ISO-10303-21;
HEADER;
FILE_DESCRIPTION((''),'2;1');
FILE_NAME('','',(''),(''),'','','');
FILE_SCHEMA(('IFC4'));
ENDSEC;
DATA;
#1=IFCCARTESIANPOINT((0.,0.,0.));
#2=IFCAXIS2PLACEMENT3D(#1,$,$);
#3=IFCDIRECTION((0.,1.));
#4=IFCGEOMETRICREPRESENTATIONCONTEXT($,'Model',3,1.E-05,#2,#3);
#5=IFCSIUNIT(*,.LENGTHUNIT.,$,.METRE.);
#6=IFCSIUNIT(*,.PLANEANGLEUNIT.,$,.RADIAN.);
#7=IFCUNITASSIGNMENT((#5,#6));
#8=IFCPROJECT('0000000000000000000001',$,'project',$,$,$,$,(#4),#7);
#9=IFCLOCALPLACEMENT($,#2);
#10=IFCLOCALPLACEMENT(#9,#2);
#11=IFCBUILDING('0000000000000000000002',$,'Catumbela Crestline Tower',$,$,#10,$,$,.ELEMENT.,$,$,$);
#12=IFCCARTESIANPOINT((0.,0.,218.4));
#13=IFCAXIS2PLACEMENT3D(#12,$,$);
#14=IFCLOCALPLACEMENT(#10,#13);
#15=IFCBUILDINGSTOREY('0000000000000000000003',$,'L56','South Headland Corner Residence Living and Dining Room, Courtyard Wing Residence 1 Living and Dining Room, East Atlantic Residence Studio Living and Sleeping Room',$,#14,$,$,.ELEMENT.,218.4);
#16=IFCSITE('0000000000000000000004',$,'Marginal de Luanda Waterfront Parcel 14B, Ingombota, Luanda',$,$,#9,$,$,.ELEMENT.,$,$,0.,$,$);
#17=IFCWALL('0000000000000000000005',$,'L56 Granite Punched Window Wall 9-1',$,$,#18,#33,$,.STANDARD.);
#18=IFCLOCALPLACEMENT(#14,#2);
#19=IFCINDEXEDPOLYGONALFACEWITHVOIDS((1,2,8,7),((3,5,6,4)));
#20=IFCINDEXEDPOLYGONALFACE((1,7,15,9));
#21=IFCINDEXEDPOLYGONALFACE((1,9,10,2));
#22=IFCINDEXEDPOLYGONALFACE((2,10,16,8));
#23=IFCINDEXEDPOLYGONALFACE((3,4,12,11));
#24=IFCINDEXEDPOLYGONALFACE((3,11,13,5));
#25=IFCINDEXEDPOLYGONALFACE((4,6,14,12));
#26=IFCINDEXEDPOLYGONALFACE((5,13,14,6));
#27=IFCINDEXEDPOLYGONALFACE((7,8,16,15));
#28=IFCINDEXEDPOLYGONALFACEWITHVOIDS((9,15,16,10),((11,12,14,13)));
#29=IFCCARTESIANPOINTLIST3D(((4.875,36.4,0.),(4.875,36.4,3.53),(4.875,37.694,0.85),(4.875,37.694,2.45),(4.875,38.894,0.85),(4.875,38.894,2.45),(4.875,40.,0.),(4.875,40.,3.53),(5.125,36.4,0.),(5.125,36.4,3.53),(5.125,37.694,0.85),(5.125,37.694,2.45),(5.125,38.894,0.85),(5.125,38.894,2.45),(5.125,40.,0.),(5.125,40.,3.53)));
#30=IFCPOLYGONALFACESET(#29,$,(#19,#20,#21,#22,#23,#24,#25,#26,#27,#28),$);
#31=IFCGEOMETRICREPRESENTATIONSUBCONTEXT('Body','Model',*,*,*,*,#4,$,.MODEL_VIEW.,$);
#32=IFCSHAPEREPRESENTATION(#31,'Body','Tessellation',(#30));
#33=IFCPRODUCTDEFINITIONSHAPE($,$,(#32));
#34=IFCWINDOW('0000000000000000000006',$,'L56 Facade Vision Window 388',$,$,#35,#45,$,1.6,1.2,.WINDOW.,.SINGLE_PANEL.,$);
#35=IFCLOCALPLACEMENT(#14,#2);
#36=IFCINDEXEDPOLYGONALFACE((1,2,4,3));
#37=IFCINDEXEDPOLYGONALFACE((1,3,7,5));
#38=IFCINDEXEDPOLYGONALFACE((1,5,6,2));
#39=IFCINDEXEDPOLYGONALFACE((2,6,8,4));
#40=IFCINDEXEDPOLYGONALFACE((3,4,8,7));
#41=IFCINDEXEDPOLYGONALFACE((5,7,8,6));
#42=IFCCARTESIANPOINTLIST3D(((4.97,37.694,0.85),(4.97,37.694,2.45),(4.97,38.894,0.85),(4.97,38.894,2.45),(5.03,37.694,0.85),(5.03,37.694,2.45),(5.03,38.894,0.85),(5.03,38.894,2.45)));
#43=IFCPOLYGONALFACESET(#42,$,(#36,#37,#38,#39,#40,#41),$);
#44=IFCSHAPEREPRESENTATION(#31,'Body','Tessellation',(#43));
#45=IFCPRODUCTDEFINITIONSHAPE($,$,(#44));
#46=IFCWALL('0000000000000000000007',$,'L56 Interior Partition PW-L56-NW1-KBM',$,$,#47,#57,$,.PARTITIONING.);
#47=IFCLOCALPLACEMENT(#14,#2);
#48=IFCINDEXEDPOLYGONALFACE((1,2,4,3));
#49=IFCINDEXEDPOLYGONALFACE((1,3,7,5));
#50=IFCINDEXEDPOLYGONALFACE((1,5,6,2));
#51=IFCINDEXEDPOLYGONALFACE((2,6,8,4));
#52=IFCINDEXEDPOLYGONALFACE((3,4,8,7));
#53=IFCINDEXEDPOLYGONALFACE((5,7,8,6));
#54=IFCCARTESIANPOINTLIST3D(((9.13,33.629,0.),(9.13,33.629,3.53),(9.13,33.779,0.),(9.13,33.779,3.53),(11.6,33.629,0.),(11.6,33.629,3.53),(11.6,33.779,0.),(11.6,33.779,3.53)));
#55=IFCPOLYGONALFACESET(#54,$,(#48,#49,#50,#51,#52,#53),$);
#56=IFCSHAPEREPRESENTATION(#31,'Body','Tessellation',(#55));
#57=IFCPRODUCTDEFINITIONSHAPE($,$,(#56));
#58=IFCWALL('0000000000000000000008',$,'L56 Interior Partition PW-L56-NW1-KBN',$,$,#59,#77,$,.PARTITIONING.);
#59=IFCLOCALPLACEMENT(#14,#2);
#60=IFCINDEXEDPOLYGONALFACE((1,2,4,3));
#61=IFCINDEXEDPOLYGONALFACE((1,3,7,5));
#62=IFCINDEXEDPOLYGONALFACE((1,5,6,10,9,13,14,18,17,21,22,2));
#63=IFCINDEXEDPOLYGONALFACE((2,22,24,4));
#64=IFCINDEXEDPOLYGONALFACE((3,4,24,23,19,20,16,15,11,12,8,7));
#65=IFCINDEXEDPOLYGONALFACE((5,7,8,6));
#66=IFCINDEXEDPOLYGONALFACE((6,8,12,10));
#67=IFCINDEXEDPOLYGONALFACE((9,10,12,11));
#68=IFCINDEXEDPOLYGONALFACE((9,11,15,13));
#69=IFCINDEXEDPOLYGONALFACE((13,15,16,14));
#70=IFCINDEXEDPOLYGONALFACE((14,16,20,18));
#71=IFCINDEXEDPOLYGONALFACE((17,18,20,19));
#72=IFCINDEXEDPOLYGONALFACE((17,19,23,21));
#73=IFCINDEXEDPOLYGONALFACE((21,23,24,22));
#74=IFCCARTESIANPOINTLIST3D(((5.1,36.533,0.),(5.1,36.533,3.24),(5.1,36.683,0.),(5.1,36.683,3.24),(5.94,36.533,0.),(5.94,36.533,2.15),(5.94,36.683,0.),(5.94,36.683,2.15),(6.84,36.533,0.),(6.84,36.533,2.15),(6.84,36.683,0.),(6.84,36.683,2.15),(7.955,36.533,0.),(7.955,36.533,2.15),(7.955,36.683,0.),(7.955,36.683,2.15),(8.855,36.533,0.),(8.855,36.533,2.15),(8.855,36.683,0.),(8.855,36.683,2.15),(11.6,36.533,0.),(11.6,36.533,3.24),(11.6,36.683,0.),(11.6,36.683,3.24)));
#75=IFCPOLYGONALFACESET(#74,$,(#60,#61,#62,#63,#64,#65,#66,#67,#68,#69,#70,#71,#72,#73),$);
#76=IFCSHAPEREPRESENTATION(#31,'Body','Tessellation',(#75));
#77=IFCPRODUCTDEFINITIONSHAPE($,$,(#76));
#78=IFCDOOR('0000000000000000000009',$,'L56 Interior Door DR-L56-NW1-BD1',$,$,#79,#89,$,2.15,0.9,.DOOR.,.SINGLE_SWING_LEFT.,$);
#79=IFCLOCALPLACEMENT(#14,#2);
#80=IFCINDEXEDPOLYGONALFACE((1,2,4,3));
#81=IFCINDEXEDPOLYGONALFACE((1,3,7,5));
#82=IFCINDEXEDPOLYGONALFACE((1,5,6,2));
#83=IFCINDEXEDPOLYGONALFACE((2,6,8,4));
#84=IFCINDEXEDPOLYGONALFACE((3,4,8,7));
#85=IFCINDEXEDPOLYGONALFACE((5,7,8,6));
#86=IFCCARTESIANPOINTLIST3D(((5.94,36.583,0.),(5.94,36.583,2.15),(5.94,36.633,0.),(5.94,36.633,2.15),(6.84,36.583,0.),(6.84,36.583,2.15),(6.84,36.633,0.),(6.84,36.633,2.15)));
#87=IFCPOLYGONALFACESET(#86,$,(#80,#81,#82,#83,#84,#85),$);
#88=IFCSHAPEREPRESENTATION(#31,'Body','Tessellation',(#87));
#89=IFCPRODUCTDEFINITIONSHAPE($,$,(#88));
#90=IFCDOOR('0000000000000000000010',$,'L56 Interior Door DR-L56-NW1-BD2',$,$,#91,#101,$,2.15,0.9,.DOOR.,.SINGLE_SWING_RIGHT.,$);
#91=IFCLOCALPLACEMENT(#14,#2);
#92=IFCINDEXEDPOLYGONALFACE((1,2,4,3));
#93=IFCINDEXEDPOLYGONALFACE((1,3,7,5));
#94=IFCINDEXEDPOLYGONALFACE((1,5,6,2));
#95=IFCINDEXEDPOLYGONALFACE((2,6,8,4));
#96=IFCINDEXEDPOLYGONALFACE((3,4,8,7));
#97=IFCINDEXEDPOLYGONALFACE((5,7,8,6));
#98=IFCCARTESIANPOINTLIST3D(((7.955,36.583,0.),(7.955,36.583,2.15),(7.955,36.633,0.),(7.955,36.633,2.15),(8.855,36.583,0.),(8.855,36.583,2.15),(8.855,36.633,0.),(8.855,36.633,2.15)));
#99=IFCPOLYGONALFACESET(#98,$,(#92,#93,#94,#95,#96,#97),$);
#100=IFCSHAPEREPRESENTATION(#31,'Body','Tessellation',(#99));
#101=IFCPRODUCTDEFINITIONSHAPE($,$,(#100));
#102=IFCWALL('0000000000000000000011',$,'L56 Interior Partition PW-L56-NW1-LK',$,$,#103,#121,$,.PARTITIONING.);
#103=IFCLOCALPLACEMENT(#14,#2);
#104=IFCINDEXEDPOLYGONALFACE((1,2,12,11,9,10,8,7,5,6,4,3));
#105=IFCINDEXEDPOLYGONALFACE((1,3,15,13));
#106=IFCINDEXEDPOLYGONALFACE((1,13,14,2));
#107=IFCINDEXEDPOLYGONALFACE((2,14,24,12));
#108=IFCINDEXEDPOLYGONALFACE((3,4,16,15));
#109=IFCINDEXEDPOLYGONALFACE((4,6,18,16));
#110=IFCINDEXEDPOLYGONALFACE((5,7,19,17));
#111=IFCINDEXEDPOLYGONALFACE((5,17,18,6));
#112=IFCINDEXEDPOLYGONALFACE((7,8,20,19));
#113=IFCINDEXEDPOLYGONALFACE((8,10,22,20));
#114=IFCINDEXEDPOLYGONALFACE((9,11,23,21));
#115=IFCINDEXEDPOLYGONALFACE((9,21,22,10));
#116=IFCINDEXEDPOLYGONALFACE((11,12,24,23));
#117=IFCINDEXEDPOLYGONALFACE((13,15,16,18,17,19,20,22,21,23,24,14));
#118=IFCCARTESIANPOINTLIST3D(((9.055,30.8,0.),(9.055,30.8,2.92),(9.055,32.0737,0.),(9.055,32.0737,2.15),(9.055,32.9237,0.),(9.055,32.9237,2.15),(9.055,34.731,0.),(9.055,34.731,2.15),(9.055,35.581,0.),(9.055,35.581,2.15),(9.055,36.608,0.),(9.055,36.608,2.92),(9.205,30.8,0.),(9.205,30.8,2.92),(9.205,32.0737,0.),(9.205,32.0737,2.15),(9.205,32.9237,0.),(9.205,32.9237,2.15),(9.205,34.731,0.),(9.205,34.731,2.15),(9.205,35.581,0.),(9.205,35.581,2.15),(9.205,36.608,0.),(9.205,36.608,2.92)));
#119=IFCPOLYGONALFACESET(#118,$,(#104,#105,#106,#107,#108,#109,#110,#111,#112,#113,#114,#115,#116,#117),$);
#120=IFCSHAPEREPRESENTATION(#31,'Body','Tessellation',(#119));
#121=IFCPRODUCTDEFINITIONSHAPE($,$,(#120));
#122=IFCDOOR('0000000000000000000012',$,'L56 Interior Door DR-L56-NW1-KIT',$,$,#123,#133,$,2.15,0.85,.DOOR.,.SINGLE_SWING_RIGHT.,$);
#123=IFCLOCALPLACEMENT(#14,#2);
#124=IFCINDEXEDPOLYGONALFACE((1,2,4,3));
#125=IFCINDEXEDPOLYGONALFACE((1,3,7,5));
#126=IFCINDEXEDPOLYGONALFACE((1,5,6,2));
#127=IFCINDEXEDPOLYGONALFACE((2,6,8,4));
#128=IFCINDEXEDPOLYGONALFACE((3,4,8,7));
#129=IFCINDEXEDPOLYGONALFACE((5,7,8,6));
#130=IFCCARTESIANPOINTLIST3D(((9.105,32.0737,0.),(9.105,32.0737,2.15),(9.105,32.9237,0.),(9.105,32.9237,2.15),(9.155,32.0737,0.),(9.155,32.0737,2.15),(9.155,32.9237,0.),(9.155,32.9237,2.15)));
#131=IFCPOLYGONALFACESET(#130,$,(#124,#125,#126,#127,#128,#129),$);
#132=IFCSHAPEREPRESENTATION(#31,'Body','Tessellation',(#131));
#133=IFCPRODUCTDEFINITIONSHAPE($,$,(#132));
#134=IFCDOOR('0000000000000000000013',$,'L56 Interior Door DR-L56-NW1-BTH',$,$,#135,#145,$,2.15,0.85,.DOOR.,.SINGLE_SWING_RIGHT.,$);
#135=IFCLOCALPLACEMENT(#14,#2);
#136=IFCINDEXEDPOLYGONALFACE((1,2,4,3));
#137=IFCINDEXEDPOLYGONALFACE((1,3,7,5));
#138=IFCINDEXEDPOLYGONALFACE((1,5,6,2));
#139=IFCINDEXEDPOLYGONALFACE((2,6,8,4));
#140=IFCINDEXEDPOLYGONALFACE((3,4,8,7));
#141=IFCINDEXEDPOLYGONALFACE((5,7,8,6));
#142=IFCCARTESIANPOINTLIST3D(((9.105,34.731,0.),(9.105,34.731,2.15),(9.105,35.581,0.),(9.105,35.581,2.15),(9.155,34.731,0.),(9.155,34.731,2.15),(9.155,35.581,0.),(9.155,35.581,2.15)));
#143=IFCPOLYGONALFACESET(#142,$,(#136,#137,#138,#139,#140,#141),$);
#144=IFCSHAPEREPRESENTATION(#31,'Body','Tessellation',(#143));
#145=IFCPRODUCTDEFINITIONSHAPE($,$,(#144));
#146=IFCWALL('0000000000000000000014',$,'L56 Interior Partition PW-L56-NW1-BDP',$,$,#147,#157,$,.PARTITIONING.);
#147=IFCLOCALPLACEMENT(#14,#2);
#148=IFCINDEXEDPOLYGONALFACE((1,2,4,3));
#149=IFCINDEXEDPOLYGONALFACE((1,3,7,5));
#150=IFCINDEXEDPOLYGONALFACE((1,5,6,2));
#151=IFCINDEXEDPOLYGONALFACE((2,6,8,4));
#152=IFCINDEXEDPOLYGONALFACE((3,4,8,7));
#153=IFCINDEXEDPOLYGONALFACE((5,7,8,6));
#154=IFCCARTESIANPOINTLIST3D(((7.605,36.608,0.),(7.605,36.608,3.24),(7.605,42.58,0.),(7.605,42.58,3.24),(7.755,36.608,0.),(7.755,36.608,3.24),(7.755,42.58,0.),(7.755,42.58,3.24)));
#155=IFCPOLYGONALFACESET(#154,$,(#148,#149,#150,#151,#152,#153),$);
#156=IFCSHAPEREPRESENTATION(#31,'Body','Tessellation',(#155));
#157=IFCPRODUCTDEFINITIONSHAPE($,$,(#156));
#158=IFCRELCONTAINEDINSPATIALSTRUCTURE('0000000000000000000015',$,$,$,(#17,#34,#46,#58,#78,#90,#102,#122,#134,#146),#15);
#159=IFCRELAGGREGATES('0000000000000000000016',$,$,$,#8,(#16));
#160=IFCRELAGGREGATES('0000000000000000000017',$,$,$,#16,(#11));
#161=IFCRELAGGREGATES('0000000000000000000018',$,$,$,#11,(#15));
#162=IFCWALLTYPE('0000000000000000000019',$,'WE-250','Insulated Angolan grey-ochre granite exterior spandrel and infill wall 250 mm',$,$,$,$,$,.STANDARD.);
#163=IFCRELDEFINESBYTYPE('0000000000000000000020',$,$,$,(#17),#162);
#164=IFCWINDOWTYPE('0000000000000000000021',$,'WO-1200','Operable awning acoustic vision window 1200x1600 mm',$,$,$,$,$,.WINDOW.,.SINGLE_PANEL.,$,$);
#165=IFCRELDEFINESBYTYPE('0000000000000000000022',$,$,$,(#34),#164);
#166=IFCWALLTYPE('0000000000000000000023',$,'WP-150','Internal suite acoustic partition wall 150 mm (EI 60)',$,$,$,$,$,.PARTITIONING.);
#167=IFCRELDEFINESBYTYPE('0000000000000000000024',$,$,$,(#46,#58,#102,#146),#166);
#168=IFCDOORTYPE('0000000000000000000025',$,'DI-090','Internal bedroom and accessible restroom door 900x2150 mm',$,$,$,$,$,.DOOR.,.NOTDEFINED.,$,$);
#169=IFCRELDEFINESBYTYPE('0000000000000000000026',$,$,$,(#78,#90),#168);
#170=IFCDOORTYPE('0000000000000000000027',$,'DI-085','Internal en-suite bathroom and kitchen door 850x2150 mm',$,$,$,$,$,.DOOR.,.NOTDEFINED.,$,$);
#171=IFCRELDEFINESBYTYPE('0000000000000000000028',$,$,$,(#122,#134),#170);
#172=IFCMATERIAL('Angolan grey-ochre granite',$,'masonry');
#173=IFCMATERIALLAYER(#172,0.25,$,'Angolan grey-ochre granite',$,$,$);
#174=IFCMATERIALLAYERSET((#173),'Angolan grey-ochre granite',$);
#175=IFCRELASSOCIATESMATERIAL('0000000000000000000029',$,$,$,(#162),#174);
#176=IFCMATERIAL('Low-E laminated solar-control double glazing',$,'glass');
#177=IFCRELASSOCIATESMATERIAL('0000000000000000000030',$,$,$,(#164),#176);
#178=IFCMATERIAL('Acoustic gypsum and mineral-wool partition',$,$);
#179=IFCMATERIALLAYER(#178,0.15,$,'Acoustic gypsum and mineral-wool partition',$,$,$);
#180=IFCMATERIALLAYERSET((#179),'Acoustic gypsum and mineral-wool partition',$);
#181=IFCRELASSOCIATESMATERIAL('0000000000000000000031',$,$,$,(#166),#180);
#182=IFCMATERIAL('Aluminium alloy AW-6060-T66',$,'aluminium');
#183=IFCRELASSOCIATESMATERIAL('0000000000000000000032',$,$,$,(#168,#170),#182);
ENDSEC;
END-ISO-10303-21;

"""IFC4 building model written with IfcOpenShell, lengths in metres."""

from ifc_helpers import new_model, si_unit, direction, frame, frame_2d, origin, place, context, subcontext, project, spatial, rectangle, extrude, material, layer, layer_set, type_object, element, fill, save


model = new_model("IFC4")

# Units and contexts
model_context = context("Model", 3, precision=1e-05, world=origin(), true_north=direction((0.0, 1.0)))
body_context = subcontext(model_context, "Body", "Model", "MODEL_VIEW")
ifc_project = project(units=[si_unit("LENGTHUNIT", "METRE"), si_unit("PLANEANGLEUNIT", "RADIAN")], contexts=[model_context])

# Site, building, storey
site_placement = place(None, origin())
site = spatial("IfcSite", under=ifc_project, at=site_placement, Name="Marginal de Luanda Waterfront Parcel 14B, Ingombota, Luanda", CompositionType="ELEMENT", RefElevation=0.0)
building_placement = place(site_placement, origin())
building = spatial("IfcBuilding", under=site, at=building_placement, Name="Catumbela Crestline Tower", CompositionType="ELEMENT")
storey_placement = place(building_placement, frame((0.0, 0.0, 218.4)))
storey = spatial("IfcBuildingStorey", under=building, at=storey_placement, Name="L56", Description="South Headland Corner Residence Living and Dining Room, Courtyard Wing Residence 1 Living and Dining Room, East Atlantic Residence Studio Living and Sleeping Room", CompositionType="ELEMENT", Elevation=218.4)

# Shared definitions
ifc_material_1 = material(Name="Aluminium alloy AW-6060-T66", Category="aluminium")

# Shared definitions
ifc_material_2 = material(Name="Low-E laminated solar-control double glazing", Category="glass")

# Shared definitions
ifc_material_3 = material(Name="Angolan grey-ochre granite", Category="masonry")
ifc_layer_1 = layer(ifc_material_3, 0.25, Name="Angolan grey-ochre granite")
ifc_layer_set_1 = layer_set([ifc_layer_1], Name="Angolan grey-ochre granite")
wall_type_1 = type_object("IfcWallType", Name="WE-250", Description="Insulated Angolan grey-ochre granite exterior spandrel and infill wall 250 mm", PredefinedType="STANDARD", material=ifc_layer_set_1)

# Wall, opening, window
wall_1_placement = place(storey_placement, frame((5.0, 40.0, 0.0), z_axis=(0.0, 0.0, 1.0), x_axis=(0.0, -1.0, 0.0)))
wall_1 = element("IfcWall", 1, at=wall_1_placement, inside=storey, type_object=wall_type_1, Name="L56 Granite Punched Window Wall 9-1", PredefinedType="STANDARD", context=body_context, shape_type="SweptSolid", body=[
    extrude(rectangle(XDim=3.6, YDim=0.25, at=frame_2d((1.8, 0.0))), origin(), (0.0, 0.0, 1.0), 3.53),
])
opening_1_placement = place(wall_1_placement, frame((1.106, 0.0, 0.85)))
opening_1 = element("IfcOpeningElement", 2, at=opening_1_placement, cuts=wall_1, PredefinedType="OPENING", context=body_context, shape_type="SweptSolid", body=[
    extrude(rectangle(XDim=1.2, YDim=1.6, at=frame_2d((0.6, 0.8))), frame((0.0, 0.135, 0.0), z_axis=(0.0, -1.0, 0.0), x_axis=(1.0, 0.0, 0.0)), (0.0, 0.0, 1.0), 0.27),
])
window_type_1 = type_object("IfcWindowType", Name="WO-1200", Description="Operable awning acoustic vision window 1200x1600 mm", PartitioningType="SINGLE_PANEL", PredefinedType="WINDOW", material=ifc_material_2)
window_1_placement = place(opening_1_placement, origin())
window_1 = element("IfcWindow", 3, at=window_1_placement, inside=storey, type_object=window_type_1, Name="L56 Facade Vision Window 388", OverallHeight=1.6, OverallWidth=1.2, PartitioningType="SINGLE_PANEL", PredefinedType="WINDOW", context=body_context, shape_type="SweptSolid", body=[
    extrude(rectangle(XDim=1.2, YDim=1.6, at=frame_2d((0.6, 0.8))), frame((0.0, 0.03, 0.0), z_axis=(0.0, -1.0, 0.0), x_axis=(1.0, 0.0, 0.0)), (0.0, 0.0, 1.0), 0.06),
])
fill(opening_1, window_1)

# Wall
ifc_material_4 = material(Name="Acoustic gypsum and mineral-wool partition")
ifc_layer_2 = layer(ifc_material_4, 0.15, Name="Acoustic gypsum and mineral-wool partition")
ifc_layer_set_2 = layer_set([ifc_layer_2], Name="Acoustic gypsum and mineral-wool partition")
wall_type_2 = type_object("IfcWallType", Name="WP-150", Description="Internal suite acoustic partition wall 150 mm (EI 60)", PredefinedType="PARTITIONING", material=ifc_layer_set_2)
wall_2_placement = place(storey_placement, frame((9.13, 33.704, 0.0), z_axis=(0.0, 0.0, 1.0), x_axis=(1.0, 0.0, 0.0)))
element("IfcWall", 4, at=wall_2_placement, inside=storey, type_object=wall_type_2, Name="L56 Interior Partition PW-L56-NW1-KBM", PredefinedType="PARTITIONING", context=body_context, shape_type="SweptSolid", body=[
    extrude(rectangle(XDim=2.47, YDim=0.15, at=frame_2d((1.235, 0.0))), origin(), (0.0, 0.0, 1.0), 3.53),
])

# Walls, openings, doors
wall_3_placement = place(storey_placement, frame((5.1, 36.608, 0.0), z_axis=(0.0, 0.0, 1.0), x_axis=(1.0, 0.0, 0.0)))
wall_3 = element("IfcWall", 5, at=wall_3_placement, inside=storey, type_object=wall_type_2, Name="L56 Interior Partition PW-L56-NW1-KBN", PredefinedType="PARTITIONING", context=body_context, shape_type="SweptSolid", body=[
    extrude(rectangle(XDim=6.5, YDim=0.15, at=frame_2d((3.25, 0.0))), origin(), (0.0, 0.0, 1.0), 3.24),
])
opening_2_placement = place(wall_3_placement, frame((0.84, 0.0, 0.0)))
opening_2 = element("IfcOpeningElement", 6, at=opening_2_placement, cuts=wall_3, PredefinedType="OPENING", context=body_context, shape_type="SweptSolid", body=[
    extrude(rectangle(XDim=0.9, YDim=2.15, at=frame_2d((0.45, 1.075))), frame((0.0, 0.085, 0.0), z_axis=(0.0, -1.0, 0.0), x_axis=(1.0, 0.0, 0.0)), (0.0, 0.0, 1.0), 0.17),
])
opening_3_placement = place(wall_3_placement, frame((2.855, 0.0, 0.0)))
opening_3 = element("IfcOpeningElement", 7, at=opening_3_placement, cuts=wall_3, PredefinedType="OPENING", context=body_context, shape_type="SweptSolid", body=[
    extrude(rectangle(XDim=0.9, YDim=2.15, at=frame_2d((0.45, 1.075))), frame((0.0, 0.085, 0.0), z_axis=(0.0, -1.0, 0.0), x_axis=(1.0, 0.0, 0.0)), (0.0, 0.0, 1.0), 0.17),
])
door_type_1 = type_object("IfcDoorType", Name="DI-090", Description="Internal bedroom and accessible restroom door 900x2150 mm", OperationType="NOTDEFINED", PredefinedType="DOOR", material=ifc_material_1)
door_1_placement = place(opening_2_placement, origin())
door_1 = element("IfcDoor", 8, at=door_1_placement, inside=storey, type_object=door_type_1, Name="L56 Interior Door DR-L56-NW1-BD1", OperationType="SINGLE_SWING_LEFT", OverallHeight=2.15, OverallWidth=0.9, PredefinedType="DOOR", context=body_context, shape_type="SweptSolid", body=[
    extrude(rectangle(XDim=0.9, YDim=2.15, at=frame_2d((0.45, 1.075))), frame((0.0, 0.025, 0.0), z_axis=(0.0, -1.0, 0.0), x_axis=(1.0, 0.0, 0.0)), (0.0, 0.0, 1.0), 0.05),
])
fill(opening_2, door_1)
door_2_placement = place(opening_3_placement, origin())
door_2 = element("IfcDoor", 9, at=door_2_placement, inside=storey, type_object=door_type_1, Name="L56 Interior Door DR-L56-NW1-BD2", OperationType="SINGLE_SWING_RIGHT", OverallHeight=2.15, OverallWidth=0.9, PredefinedType="DOOR", context=body_context, shape_type="SweptSolid", body=[
    extrude(rectangle(XDim=0.9, YDim=2.15, at=frame_2d((0.45, 1.075))), frame((0.0, 0.025, 0.0), z_axis=(0.0, -1.0, 0.0), x_axis=(1.0, 0.0, 0.0)), (0.0, 0.0, 1.0), 0.05),
])
fill(opening_3, door_2)
wall_4_placement = place(storey_placement, frame((9.13, 30.8, 0.0), z_axis=(0.0, 0.0, 1.0), x_axis=(0.0, 1.0, 0.0)))
wall_4 = element("IfcWall", 10, at=wall_4_placement, inside=storey, type_object=wall_type_2, Name="L56 Interior Partition PW-L56-NW1-LK", PredefinedType="PARTITIONING", context=body_context, shape_type="SweptSolid", body=[
    extrude(rectangle(XDim=5.808, YDim=0.15, at=frame_2d((2.904, 0.0))), origin(), (0.0, 0.0, 1.0), 2.92),
])
opening_4_placement = place(wall_4_placement, frame((1.2737, 0.0, 0.0)))
opening_4 = element("IfcOpeningElement", 11, at=opening_4_placement, cuts=wall_4, PredefinedType="OPENING", context=body_context, shape_type="SweptSolid", body=[
    extrude(rectangle(XDim=0.85, YDim=2.15, at=frame_2d((0.425, 1.075))), frame((0.0, 0.085, 0.0), z_axis=(0.0, -1.0, 0.0), x_axis=(1.0, 0.0, 0.0)), (0.0, 0.0, 1.0), 0.17),
])
opening_5_placement = place(wall_4_placement, frame((3.931, 0.0, 0.0)))
opening_5 = element("IfcOpeningElement", 12, at=opening_5_placement, cuts=wall_4, PredefinedType="OPENING", context=body_context, shape_type="SweptSolid", body=[
    extrude(rectangle(XDim=0.85, YDim=2.15, at=frame_2d((0.425, 1.075))), frame((0.0, 0.085, 0.0), z_axis=(0.0, -1.0, 0.0), x_axis=(1.0, 0.0, 0.0)), (0.0, 0.0, 1.0), 0.17),
])
door_type_2 = type_object("IfcDoorType", Name="DI-085", Description="Internal en-suite bathroom and kitchen door 850x2150 mm", OperationType="NOTDEFINED", PredefinedType="DOOR", material=ifc_material_1)
door_3_placement = place(opening_4_placement, origin())
door_3 = element("IfcDoor", 13, at=door_3_placement, inside=storey, type_object=door_type_2, Name="L56 Interior Door DR-L56-NW1-KIT", OperationType="SINGLE_SWING_RIGHT", OverallHeight=2.15, OverallWidth=0.85, PredefinedType="DOOR", context=body_context, shape_type="SweptSolid", body=[
    extrude(rectangle(XDim=0.85, YDim=2.15, at=frame_2d((0.425, 1.075))), frame((0.0, 0.025, 0.0), z_axis=(0.0, -1.0, 0.0), x_axis=(1.0, 0.0, 0.0)), (0.0, 0.0, 1.0), 0.05),
])
fill(opening_4, door_3)
door_4_placement = place(opening_5_placement, origin())
door_4 = element("IfcDoor", 14, at=door_4_placement, inside=storey, type_object=door_type_2, Name="L56 Interior Door DR-L56-NW1-BTH", OperationType="SINGLE_SWING_RIGHT", OverallHeight=2.15, OverallWidth=0.85, PredefinedType="DOOR", context=body_context, shape_type="SweptSolid", body=[
    extrude(rectangle(XDim=0.85, YDim=2.15, at=frame_2d((0.425, 1.075))), frame((0.0, 0.025, 0.0), z_axis=(0.0, -1.0, 0.0), x_axis=(1.0, 0.0, 0.0)), (0.0, 0.0, 1.0), 0.05),
])
fill(opening_5, door_4)

# Wall
wall_5_placement = place(storey_placement, frame((7.68, 36.608, 0.0), z_axis=(0.0, 0.0, 1.0), x_axis=(0.0, 1.0, 0.0)))
element("IfcWall", 15, at=wall_5_placement, inside=storey, type_object=wall_type_2, Name="L56 Interior Partition PW-L56-NW1-BDP", PredefinedType="PARTITIONING", context=body_context, shape_type="SweptSolid", body=[
    extrude(rectangle(XDim=5.972, YDim=0.15, at=frame_2d((2.986, 0.0))), origin(), (0.0, 0.0, 1.0), 3.24),
])

save(model, "model.ifc")
